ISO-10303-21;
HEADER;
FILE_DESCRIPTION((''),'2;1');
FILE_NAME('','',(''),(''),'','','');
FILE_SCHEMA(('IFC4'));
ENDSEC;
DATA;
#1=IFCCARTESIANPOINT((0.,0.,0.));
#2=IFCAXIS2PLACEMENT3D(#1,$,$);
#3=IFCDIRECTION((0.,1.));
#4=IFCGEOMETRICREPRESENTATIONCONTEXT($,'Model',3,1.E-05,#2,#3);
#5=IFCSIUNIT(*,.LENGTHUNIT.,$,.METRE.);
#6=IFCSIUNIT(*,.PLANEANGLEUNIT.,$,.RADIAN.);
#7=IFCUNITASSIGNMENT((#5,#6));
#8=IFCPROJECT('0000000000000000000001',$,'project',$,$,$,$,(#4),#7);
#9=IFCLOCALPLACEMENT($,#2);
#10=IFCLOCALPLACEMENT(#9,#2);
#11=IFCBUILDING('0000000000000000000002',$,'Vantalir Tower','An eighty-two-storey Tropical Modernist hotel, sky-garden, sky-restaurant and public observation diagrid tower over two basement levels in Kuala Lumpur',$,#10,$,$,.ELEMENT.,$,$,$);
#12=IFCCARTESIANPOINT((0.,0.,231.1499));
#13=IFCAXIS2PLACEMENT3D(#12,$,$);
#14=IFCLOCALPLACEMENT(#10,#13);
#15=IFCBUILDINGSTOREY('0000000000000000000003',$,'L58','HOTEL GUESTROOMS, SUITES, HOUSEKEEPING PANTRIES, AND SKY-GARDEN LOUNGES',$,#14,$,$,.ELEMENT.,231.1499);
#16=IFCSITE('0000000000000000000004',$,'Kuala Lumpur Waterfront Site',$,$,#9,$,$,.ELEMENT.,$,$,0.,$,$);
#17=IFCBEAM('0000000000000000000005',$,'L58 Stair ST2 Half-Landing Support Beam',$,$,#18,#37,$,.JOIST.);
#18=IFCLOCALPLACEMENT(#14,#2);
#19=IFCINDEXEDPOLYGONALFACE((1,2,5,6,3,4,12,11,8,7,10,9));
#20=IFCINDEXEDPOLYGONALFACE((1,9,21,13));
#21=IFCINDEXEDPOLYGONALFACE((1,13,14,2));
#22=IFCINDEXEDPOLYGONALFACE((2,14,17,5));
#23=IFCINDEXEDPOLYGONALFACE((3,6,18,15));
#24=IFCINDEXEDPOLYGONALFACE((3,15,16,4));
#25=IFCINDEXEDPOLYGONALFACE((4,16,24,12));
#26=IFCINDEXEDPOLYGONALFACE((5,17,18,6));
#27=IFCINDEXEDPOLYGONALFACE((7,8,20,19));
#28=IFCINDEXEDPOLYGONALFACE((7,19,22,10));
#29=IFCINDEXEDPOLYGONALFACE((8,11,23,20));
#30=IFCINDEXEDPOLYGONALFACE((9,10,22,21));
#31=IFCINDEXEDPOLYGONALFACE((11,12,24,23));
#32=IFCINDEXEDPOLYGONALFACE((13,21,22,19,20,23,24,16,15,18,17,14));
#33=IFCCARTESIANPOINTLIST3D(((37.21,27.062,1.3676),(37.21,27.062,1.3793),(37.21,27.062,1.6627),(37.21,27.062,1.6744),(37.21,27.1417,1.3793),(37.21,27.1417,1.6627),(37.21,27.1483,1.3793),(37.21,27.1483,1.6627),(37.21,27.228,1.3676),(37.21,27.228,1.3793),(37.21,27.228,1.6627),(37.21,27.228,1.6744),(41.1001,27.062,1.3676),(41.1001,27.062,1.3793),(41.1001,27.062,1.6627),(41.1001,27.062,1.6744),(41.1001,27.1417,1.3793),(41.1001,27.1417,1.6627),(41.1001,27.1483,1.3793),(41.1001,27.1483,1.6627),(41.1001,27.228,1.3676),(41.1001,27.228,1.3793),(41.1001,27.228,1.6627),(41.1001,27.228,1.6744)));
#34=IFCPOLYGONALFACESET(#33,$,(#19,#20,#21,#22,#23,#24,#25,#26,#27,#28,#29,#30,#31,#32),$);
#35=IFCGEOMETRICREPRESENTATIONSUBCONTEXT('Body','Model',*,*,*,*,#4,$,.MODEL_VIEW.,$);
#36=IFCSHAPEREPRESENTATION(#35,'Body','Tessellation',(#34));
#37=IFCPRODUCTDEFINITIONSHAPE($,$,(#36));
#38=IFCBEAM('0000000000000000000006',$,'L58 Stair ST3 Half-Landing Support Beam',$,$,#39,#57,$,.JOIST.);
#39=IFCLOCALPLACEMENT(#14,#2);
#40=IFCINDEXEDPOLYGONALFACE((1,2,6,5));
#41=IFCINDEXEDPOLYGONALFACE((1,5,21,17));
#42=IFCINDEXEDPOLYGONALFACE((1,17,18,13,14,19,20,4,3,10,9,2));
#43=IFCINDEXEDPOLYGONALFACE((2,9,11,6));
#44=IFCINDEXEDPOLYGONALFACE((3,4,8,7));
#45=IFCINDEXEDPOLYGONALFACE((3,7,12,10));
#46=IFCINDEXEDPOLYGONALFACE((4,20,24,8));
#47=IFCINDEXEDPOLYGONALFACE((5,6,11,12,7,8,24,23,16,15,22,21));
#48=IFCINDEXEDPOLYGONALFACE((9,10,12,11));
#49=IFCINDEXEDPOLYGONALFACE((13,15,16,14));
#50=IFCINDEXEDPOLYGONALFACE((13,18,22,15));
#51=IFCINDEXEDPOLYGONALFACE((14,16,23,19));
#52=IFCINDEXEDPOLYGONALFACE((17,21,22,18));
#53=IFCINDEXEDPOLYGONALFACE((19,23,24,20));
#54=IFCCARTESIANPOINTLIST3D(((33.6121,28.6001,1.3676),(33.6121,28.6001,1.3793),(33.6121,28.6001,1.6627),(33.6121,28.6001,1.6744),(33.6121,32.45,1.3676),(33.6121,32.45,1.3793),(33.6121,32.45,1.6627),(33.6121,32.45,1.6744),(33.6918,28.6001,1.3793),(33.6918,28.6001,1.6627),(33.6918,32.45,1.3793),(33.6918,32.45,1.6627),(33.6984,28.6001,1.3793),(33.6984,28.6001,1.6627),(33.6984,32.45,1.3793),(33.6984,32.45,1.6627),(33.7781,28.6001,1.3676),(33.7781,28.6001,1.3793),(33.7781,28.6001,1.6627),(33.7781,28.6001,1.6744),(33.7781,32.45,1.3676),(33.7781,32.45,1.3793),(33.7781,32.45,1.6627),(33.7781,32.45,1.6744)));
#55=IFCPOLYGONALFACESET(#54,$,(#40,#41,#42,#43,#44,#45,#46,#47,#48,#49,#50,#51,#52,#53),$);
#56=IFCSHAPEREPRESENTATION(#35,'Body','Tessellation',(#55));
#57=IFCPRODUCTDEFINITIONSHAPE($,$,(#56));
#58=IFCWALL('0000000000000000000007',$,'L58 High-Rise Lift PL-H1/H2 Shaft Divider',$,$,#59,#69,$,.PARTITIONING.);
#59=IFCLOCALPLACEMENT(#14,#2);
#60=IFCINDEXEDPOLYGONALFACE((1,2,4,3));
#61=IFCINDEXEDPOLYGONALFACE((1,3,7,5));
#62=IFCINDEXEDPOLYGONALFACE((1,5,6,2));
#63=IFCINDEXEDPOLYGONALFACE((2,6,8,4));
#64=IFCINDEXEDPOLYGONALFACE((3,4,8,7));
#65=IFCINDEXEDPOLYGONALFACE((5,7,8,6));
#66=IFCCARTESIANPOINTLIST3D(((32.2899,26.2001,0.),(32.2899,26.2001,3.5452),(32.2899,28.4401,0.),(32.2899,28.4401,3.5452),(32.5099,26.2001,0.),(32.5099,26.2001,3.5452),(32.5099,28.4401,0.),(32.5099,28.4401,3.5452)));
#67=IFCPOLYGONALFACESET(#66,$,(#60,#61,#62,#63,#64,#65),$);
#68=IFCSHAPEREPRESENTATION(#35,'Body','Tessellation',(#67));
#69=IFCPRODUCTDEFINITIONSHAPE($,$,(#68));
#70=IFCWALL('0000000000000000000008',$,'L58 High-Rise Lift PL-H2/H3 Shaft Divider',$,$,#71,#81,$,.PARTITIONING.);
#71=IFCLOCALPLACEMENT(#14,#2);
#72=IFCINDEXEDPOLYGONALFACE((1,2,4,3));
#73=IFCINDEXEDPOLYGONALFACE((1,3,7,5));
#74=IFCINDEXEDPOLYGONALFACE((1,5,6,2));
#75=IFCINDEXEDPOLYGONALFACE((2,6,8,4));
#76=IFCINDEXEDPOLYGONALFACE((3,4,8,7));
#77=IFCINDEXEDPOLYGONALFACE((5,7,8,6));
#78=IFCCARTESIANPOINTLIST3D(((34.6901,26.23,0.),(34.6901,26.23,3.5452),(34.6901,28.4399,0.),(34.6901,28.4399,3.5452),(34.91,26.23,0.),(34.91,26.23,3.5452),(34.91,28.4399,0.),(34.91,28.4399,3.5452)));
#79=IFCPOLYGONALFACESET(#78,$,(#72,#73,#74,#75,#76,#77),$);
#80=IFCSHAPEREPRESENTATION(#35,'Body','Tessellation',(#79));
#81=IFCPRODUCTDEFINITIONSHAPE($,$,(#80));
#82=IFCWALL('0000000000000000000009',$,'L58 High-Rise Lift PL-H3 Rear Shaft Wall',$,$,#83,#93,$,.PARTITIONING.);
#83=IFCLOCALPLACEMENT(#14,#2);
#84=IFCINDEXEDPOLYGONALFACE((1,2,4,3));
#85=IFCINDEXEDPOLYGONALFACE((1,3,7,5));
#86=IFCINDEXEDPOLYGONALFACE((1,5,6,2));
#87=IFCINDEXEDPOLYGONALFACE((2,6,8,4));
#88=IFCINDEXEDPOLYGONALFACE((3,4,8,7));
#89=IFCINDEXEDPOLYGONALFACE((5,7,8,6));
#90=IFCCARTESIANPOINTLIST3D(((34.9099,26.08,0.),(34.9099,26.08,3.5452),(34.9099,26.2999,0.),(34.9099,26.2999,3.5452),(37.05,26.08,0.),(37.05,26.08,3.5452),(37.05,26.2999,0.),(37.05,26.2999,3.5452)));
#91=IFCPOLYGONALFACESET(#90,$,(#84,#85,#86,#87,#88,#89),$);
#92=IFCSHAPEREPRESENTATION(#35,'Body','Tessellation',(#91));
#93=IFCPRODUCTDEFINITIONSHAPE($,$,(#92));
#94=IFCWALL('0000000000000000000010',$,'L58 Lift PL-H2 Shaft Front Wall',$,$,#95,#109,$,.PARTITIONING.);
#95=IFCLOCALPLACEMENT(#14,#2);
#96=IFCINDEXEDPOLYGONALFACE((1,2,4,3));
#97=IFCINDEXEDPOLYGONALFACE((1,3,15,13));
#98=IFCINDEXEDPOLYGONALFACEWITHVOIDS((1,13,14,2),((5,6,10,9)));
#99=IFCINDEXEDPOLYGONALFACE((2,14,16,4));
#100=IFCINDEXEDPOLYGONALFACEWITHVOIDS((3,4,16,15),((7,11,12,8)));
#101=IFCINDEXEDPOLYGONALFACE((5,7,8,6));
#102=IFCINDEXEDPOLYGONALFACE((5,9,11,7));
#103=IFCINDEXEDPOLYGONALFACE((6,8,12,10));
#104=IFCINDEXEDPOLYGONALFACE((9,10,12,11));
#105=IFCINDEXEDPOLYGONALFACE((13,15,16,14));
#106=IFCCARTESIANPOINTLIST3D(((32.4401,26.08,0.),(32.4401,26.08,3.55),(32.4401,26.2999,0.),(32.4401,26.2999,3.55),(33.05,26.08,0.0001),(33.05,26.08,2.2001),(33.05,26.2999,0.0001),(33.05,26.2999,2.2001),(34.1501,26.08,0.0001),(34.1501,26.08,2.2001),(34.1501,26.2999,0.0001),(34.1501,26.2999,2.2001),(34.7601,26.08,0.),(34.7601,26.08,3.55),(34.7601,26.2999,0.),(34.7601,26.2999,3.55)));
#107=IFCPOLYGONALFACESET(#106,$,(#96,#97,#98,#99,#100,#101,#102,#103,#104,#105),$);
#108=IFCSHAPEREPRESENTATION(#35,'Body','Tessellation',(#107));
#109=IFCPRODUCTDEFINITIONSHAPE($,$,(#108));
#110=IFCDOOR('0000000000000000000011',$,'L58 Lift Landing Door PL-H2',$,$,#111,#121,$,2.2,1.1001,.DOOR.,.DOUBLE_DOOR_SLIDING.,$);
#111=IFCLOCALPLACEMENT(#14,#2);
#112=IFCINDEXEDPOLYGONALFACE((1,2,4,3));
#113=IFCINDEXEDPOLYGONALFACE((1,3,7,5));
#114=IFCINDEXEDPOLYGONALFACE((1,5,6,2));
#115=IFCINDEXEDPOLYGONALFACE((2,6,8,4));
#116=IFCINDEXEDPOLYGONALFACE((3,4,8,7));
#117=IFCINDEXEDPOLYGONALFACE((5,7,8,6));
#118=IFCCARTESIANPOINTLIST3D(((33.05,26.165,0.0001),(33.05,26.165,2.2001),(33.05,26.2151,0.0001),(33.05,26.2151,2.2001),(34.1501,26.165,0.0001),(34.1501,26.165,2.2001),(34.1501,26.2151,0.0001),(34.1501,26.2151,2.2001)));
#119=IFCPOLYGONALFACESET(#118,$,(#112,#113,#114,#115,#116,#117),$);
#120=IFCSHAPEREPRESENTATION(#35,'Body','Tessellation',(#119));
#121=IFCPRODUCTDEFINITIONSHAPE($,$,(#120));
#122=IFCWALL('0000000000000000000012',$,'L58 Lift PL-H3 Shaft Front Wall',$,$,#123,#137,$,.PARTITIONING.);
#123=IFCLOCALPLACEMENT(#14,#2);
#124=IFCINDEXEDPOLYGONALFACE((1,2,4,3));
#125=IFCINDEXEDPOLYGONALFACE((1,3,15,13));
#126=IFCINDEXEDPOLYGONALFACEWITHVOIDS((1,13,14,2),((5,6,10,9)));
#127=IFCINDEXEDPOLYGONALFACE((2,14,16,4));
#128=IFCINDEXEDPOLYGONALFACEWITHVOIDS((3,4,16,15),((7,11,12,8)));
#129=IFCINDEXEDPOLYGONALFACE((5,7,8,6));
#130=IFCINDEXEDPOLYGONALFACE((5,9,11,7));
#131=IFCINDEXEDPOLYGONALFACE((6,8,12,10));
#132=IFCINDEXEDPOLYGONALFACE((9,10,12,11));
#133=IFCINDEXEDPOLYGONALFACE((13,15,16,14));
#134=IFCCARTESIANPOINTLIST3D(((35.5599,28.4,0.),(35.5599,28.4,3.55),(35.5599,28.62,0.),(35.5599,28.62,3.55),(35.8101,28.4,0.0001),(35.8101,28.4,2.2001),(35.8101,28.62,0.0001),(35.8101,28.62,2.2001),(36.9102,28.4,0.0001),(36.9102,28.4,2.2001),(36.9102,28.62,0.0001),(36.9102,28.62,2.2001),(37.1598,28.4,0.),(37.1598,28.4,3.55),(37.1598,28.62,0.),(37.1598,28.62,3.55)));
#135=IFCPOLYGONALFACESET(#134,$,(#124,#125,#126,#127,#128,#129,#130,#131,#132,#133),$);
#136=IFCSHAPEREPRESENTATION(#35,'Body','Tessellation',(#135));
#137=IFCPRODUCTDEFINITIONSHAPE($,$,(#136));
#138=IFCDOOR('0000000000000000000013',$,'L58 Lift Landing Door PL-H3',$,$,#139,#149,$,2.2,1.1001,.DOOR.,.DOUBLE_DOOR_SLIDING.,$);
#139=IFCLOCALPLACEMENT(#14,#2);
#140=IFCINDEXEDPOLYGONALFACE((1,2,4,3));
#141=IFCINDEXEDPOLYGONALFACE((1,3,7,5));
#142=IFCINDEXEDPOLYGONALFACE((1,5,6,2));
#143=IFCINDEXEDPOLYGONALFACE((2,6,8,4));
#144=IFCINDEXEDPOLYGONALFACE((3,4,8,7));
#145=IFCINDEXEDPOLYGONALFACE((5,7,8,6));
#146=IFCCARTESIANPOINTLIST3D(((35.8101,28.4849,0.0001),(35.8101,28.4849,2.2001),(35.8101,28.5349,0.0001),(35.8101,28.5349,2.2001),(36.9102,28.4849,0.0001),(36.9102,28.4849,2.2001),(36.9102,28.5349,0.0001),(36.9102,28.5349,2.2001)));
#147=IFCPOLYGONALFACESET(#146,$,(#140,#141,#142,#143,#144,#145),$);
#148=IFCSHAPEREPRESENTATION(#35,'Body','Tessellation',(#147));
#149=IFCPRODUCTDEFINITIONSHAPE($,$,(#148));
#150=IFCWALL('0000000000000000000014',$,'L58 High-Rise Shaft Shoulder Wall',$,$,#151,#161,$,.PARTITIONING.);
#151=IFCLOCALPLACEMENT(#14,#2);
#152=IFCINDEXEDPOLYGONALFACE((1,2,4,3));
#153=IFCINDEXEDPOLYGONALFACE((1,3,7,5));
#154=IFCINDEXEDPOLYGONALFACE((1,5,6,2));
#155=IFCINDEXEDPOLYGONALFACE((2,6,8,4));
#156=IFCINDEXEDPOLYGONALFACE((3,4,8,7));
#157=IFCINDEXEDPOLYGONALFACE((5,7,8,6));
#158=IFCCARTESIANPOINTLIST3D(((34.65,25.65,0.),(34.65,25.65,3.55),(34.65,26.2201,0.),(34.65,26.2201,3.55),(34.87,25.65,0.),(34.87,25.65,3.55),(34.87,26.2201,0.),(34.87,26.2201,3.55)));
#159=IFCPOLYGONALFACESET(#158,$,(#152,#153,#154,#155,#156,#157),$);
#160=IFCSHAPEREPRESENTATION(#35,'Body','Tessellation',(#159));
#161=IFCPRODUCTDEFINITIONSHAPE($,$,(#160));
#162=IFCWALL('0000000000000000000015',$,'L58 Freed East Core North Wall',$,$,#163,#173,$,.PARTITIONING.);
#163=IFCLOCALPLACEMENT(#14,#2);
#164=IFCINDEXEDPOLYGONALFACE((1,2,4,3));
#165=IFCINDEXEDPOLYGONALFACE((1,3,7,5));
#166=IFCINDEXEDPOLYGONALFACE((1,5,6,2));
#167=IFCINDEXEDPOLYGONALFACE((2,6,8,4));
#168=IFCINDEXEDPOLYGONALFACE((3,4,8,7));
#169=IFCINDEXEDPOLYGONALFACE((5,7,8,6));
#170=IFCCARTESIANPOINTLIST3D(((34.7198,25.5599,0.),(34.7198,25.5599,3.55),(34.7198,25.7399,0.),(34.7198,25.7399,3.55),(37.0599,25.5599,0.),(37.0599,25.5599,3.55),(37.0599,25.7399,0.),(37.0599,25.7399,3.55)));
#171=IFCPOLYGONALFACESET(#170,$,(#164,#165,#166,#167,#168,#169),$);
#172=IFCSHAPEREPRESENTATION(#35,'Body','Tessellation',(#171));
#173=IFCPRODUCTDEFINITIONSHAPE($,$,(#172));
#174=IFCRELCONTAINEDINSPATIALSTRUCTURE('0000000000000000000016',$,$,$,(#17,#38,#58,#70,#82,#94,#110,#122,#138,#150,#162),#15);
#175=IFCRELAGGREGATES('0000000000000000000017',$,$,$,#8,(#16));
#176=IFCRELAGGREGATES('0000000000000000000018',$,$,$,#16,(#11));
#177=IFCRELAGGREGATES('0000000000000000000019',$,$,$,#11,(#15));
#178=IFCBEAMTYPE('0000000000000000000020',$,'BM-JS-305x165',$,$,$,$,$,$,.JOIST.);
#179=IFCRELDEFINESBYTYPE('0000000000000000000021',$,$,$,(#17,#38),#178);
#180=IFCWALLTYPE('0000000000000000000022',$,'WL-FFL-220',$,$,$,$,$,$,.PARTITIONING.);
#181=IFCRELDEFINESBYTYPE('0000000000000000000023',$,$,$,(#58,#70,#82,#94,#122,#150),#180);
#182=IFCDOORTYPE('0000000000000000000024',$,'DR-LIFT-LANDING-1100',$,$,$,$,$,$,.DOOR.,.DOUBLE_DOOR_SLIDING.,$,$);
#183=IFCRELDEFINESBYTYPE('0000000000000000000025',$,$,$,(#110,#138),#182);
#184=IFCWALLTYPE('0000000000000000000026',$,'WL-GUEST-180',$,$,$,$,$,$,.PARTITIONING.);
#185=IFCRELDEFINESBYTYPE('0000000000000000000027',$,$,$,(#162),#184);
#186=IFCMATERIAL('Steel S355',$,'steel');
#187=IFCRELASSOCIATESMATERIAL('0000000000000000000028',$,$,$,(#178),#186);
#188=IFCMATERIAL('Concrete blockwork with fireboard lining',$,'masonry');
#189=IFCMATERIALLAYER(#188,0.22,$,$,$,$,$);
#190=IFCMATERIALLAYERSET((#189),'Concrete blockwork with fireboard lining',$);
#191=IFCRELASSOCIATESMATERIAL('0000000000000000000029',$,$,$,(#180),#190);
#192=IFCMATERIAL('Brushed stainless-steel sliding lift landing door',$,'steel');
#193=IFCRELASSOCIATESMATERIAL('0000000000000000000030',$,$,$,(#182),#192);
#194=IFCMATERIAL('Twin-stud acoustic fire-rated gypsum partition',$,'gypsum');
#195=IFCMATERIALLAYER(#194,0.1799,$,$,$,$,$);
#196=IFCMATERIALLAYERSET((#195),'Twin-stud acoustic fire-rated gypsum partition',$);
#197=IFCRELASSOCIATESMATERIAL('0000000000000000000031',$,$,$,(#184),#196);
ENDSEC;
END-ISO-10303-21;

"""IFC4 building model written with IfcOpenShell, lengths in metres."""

from ifc_helpers import new_model, si_unit, direction, frame, frame_2d, origin, origin_2d, place, context, subcontext, project, spatial, rectangle, i_section, extrude, material, layer, layer_set, material_profile, profile_set, type_object, element, fill, save


model = new_model("IFC4")

# Units and contexts
model_context = context("Model", 3, precision=1e-05, world=origin(), true_north=direction((0.0, 1.0)))
body_context = subcontext(model_context, "Body", "Model", "MODEL_VIEW")
ifc_project = project(units=[si_unit("LENGTHUNIT", "METRE"), si_unit("PLANEANGLEUNIT", "RADIAN")], contexts=[model_context])

# Site, building, storey
site_placement = place(None, origin())
site = spatial("IfcSite", under=ifc_project, at=site_placement, Name="Kuala Lumpur Waterfront Site", CompositionType="ELEMENT", RefElevation=0.0)
building_placement = place(site_placement, origin())
building = spatial("IfcBuilding", under=site, at=building_placement, Name="Vantalir Tower", Description="An eighty-two-storey Tropical Modernist hotel, sky-garden, sky-restaurant and public observation diagrid tower over two basement levels in Kuala Lumpur", CompositionType="ELEMENT")
storey_placement = place(building_placement, frame((0.0, 0.0, 231.1499)))
storey = spatial("IfcBuildingStorey", under=building, at=storey_placement, Name="L58", Description="HOTEL GUESTROOMS, SUITES, HOUSEKEEPING PANTRIES, AND SKY-GARDEN LOUNGES", CompositionType="ELEMENT", Elevation=231.1499)

# Beams
ifc_material_1 = material(Name="Steel S355", Category="steel")
ifc_material_profile = material_profile(ifc_material_1, i_section(OverallWidth=0.166, OverallDepth=0.3069, WebThickness=0.0066, FlangeThickness=0.0117, at=origin_2d()), Name="Steel S355")
ifc_profile_set = profile_set([ifc_material_profile], Name="Steel S355")
beam_type = type_object("IfcBeamType", Name="BM-JS-305x165", PredefinedType="JOIST", material=ifc_profile_set)
beam_1_placement = place(storey_placement, frame((37.21, 27.145, 1.521), z_axis=(1.0, 0.0, 0.0), x_axis=(0.0, 1.0, 0.0)))
element("IfcBeam", 1, at=beam_1_placement, inside=storey, type_object=beam_type, Name="L58 Stair ST2 Half-Landing Support Beam", PredefinedType="JOIST", context=body_context, shape_type="SweptSolid", body=[
    extrude(i_section(OverallWidth=0.166, OverallDepth=0.3069, WebThickness=0.0066, FlangeThickness=0.0117, at=origin_2d()), origin(), (0.0, 0.0, 1.0), 3.8901),
])
beam_2_placement = place(storey_placement, frame((33.6951, 28.6001, 1.521), z_axis=(0.0, 1.0, 0.0), x_axis=(-1.0, 0.0, 0.0)))
element("IfcBeam", 2, at=beam_2_placement, inside=storey, type_object=beam_type, Name="L58 Stair ST3 Half-Landing Support Beam", PredefinedType="JOIST", context=body_context, shape_type="SweptSolid", body=[
    extrude(i_section(OverallWidth=0.166, OverallDepth=0.3069, WebThickness=0.0066, FlangeThickness=0.0117, at=origin_2d()), origin(), (0.0, 0.0, 1.0), 3.8499),
])

# Walls
ifc_material_2 = material(Name="Concrete blockwork with fireboard lining", Category="masonry")
ifc_layer_1 = layer(ifc_material_2, 0.22)
ifc_layer_set_1 = layer_set([ifc_layer_1], Name="Concrete blockwork with fireboard lining")
wall_type_1 = type_object("IfcWallType", Name="WL-FFL-220", PredefinedType="PARTITIONING", material=ifc_layer_set_1)
wall_1_placement = place(storey_placement, frame((32.3999, 26.2, 0.0), z_axis=(0.0, 0.0, 1.0), x_axis=(0.0, 1.0, 0.0)))
element("IfcWall", 3, at=wall_1_placement, inside=storey, type_object=wall_type_1, Name="L58 High-Rise Lift PL-H1/H2 Shaft Divider", PredefinedType="PARTITIONING", context=body_context, shape_type="SweptSolid", body=[
    extrude(rectangle(XDim=2.24, YDim=0.22, at=frame_2d((1.1201, 0.0))), origin(), (0.0, 0.0, 1.0), 3.5452),
])
wall_2_placement = place(storey_placement, frame((34.8, 26.23, 0.0), z_axis=(0.0, 0.0, 1.0), x_axis=(0.0, 1.0, 0.0)))
element("IfcWall", 4, at=wall_2_placement, inside=storey, type_object=wall_type_1, Name="L58 High-Rise Lift PL-H2/H3 Shaft Divider", PredefinedType="PARTITIONING", context=body_context, shape_type="SweptSolid", body=[
    extrude(rectangle(XDim=2.21, YDim=0.22, at=frame_2d((1.105, 0.0))), origin(), (0.0, 0.0, 1.0), 3.5452),
])
wall_3_placement = place(storey_placement, frame((34.9099, 26.1899, 0.0), z_axis=(0.0, 0.0, 1.0), x_axis=(1.0, 0.0, 0.0)))
element("IfcWall", 5, at=wall_3_placement, inside=storey, type_object=wall_type_1, Name="L58 High-Rise Lift PL-H3 Rear Shaft Wall", PredefinedType="PARTITIONING", context=body_context, shape_type="SweptSolid", body=[
    extrude(rectangle(XDim=2.1401, YDim=0.22, at=frame_2d((1.0701, 0.0))), origin(), (0.0, 0.0, 1.0), 3.5452),
])

# Walls, openings, doors
wall_4_placement = place(storey_placement, frame((32.4399, 26.1899, 0.0), z_axis=(0.0, 0.0, 1.0), x_axis=(1.0, 0.0, 0.0)))
wall_4 = element("IfcWall", 6, at=wall_4_placement, inside=storey, type_object=wall_type_1, Name="L58 Lift PL-H2 Shaft Front Wall", PredefinedType="PARTITIONING", context=body_context, shape_type="SweptSolid", body=[
    extrude(rectangle(XDim=2.3201, YDim=0.22, at=frame_2d((1.1602, 0.0))), origin(), (0.0, 0.0, 1.0), 3.55),
])
opening_1_placement = place(wall_4_placement, frame((0.6101, 0.0, 0.0)))
opening_1 = element("IfcOpeningElement", 7, at=opening_1_placement, cuts=wall_4, PredefinedType="OPENING", context=body_context, shape_type="SweptSolid", body=[
    extrude(rectangle(XDim=1.1001, YDim=2.2, at=frame_2d((0.55, 1.1001))), frame((0.0, 0.1199, 0.0), z_axis=(0.0, -1.0, 0.0), x_axis=(1.0, 0.0, 0.0)), (0.0, 0.0, 1.0), 0.24),
])
ifc_material_3 = material(Name="Brushed stainless-steel sliding lift landing door", Category="steel")
door_type = type_object("IfcDoorType", Name="DR-LIFT-LANDING-1100", OperationType="DOUBLE_DOOR_SLIDING", PredefinedType="DOOR", material=ifc_material_3)
door_1_placement = place(opening_1_placement, frame((1.1001, 0.0, 0.0), z_axis=(0.0, 0.0, 1.0), x_axis=(-1.0, 0.0, 0.0)))
door_1 = element("IfcDoor", 8, at=door_1_placement, inside=storey, type_object=door_type, Name="L58 Lift Landing Door PL-H2", OperationType="DOUBLE_DOOR_SLIDING", OverallHeight=2.2, OverallWidth=1.1001, PredefinedType="DOOR", context=body_context, shape_type="SweptSolid", body=[
    extrude(rectangle(XDim=1.1001, YDim=2.2, at=frame_2d((0.55, 1.1001))), frame((0.0, 0.0249, 0.0), z_axis=(0.0, -1.0, 0.0), x_axis=(1.0, 0.0, 0.0)), (0.0, 0.0, 1.0), 0.05),
])
fill(opening_1, door_1)
wall_5_placement = place(storey_placement, frame((35.5601, 28.51, 0.0), z_axis=(0.0, 0.0, 1.0), x_axis=(1.0, 0.0, 0.0)))
wall_5 = element("IfcWall", 9, at=wall_5_placement, inside=storey, type_object=wall_type_1, Name="L58 Lift PL-H3 Shaft Front Wall", PredefinedType="PARTITIONING", context=body_context, shape_type="SweptSolid", body=[
    extrude(rectangle(XDim=1.5999, YDim=0.22, at=frame_2d((0.7998, 0.0))), origin(), (0.0, 0.0, 1.0), 3.55),
])
opening_2_placement = place(wall_5_placement, frame((0.25, 0.0, 0.0)))
opening_2 = element("IfcOpeningElement", 10, at=opening_2_placement, cuts=wall_5, PredefinedType="OPENING", context=body_context, shape_type="SweptSolid", body=[
    extrude(rectangle(XDim=1.1001, YDim=2.2, at=frame_2d((0.55, 1.1001))), frame((0.0, 0.1199, 0.0), z_axis=(0.0, -1.0, 0.0), x_axis=(1.0, 0.0, 0.0)), (0.0, 0.0, 1.0), 0.24),
])
door_2_placement = place(opening_2_placement, origin())
door_2 = element("IfcDoor", 11, at=door_2_placement, inside=storey, type_object=door_type, Name="L58 Lift Landing Door PL-H3", OperationType="DOUBLE_DOOR_SLIDING", OverallHeight=2.2, OverallWidth=1.1001, PredefinedType="DOOR", context=body_context, shape_type="SweptSolid", body=[
    extrude(rectangle(XDim=1.1001, YDim=2.2, at=frame_2d((0.55, 1.1001))), frame((0.0, 0.0249, 0.0), z_axis=(0.0, -1.0, 0.0), x_axis=(1.0, 0.0, 0.0)), (0.0, 0.0, 1.0), 0.05),
])
fill(opening_2, door_2)

# Walls
wall_6_placement = place(storey_placement, frame((34.76, 25.6499, 0.0), z_axis=(0.0, 0.0, 1.0), x_axis=(0.0, 1.0, 0.0)))
element("IfcWall", 12, at=wall_6_placement, inside=storey, type_object=wall_type_1, Name="L58 High-Rise Shaft Shoulder Wall", PredefinedType="PARTITIONING", context=body_context, shape_type="SweptSolid", body=[
    extrude(rectangle(XDim=0.5701, YDim=0.22, at=frame_2d((0.2852, 0.0))), origin(), (0.0, 0.0, 1.0), 3.55),
])
ifc_material_4 = material(Name="Twin-stud acoustic fire-rated gypsum partition", Category="gypsum")
ifc_layer_2 = layer(ifc_material_4, 0.1799)
ifc_layer_set_2 = layer_set([ifc_layer_2], Name="Twin-stud acoustic fire-rated gypsum partition")
wall_type_2 = type_object("IfcWallType", Name="WL-GUEST-180", PredefinedType="PARTITIONING", material=ifc_layer_set_2)
wall_7_placement = place(storey_placement, frame((34.72, 25.6499, 0.0), z_axis=(0.0, 0.0, 1.0), x_axis=(1.0, 0.0, 0.0)))
element("IfcWall", 13, at=wall_7_placement, inside=storey, type_object=wall_type_2, Name="L58 Freed East Core North Wall", PredefinedType="PARTITIONING", context=body_context, shape_type="SweptSolid", body=[
    extrude(rectangle(XDim=2.3401, YDim=0.1799, at=frame_2d((1.1699, 0.0))), origin(), (0.0, 0.0, 1.0), 3.55),
])

save(model, "model.ifc")
